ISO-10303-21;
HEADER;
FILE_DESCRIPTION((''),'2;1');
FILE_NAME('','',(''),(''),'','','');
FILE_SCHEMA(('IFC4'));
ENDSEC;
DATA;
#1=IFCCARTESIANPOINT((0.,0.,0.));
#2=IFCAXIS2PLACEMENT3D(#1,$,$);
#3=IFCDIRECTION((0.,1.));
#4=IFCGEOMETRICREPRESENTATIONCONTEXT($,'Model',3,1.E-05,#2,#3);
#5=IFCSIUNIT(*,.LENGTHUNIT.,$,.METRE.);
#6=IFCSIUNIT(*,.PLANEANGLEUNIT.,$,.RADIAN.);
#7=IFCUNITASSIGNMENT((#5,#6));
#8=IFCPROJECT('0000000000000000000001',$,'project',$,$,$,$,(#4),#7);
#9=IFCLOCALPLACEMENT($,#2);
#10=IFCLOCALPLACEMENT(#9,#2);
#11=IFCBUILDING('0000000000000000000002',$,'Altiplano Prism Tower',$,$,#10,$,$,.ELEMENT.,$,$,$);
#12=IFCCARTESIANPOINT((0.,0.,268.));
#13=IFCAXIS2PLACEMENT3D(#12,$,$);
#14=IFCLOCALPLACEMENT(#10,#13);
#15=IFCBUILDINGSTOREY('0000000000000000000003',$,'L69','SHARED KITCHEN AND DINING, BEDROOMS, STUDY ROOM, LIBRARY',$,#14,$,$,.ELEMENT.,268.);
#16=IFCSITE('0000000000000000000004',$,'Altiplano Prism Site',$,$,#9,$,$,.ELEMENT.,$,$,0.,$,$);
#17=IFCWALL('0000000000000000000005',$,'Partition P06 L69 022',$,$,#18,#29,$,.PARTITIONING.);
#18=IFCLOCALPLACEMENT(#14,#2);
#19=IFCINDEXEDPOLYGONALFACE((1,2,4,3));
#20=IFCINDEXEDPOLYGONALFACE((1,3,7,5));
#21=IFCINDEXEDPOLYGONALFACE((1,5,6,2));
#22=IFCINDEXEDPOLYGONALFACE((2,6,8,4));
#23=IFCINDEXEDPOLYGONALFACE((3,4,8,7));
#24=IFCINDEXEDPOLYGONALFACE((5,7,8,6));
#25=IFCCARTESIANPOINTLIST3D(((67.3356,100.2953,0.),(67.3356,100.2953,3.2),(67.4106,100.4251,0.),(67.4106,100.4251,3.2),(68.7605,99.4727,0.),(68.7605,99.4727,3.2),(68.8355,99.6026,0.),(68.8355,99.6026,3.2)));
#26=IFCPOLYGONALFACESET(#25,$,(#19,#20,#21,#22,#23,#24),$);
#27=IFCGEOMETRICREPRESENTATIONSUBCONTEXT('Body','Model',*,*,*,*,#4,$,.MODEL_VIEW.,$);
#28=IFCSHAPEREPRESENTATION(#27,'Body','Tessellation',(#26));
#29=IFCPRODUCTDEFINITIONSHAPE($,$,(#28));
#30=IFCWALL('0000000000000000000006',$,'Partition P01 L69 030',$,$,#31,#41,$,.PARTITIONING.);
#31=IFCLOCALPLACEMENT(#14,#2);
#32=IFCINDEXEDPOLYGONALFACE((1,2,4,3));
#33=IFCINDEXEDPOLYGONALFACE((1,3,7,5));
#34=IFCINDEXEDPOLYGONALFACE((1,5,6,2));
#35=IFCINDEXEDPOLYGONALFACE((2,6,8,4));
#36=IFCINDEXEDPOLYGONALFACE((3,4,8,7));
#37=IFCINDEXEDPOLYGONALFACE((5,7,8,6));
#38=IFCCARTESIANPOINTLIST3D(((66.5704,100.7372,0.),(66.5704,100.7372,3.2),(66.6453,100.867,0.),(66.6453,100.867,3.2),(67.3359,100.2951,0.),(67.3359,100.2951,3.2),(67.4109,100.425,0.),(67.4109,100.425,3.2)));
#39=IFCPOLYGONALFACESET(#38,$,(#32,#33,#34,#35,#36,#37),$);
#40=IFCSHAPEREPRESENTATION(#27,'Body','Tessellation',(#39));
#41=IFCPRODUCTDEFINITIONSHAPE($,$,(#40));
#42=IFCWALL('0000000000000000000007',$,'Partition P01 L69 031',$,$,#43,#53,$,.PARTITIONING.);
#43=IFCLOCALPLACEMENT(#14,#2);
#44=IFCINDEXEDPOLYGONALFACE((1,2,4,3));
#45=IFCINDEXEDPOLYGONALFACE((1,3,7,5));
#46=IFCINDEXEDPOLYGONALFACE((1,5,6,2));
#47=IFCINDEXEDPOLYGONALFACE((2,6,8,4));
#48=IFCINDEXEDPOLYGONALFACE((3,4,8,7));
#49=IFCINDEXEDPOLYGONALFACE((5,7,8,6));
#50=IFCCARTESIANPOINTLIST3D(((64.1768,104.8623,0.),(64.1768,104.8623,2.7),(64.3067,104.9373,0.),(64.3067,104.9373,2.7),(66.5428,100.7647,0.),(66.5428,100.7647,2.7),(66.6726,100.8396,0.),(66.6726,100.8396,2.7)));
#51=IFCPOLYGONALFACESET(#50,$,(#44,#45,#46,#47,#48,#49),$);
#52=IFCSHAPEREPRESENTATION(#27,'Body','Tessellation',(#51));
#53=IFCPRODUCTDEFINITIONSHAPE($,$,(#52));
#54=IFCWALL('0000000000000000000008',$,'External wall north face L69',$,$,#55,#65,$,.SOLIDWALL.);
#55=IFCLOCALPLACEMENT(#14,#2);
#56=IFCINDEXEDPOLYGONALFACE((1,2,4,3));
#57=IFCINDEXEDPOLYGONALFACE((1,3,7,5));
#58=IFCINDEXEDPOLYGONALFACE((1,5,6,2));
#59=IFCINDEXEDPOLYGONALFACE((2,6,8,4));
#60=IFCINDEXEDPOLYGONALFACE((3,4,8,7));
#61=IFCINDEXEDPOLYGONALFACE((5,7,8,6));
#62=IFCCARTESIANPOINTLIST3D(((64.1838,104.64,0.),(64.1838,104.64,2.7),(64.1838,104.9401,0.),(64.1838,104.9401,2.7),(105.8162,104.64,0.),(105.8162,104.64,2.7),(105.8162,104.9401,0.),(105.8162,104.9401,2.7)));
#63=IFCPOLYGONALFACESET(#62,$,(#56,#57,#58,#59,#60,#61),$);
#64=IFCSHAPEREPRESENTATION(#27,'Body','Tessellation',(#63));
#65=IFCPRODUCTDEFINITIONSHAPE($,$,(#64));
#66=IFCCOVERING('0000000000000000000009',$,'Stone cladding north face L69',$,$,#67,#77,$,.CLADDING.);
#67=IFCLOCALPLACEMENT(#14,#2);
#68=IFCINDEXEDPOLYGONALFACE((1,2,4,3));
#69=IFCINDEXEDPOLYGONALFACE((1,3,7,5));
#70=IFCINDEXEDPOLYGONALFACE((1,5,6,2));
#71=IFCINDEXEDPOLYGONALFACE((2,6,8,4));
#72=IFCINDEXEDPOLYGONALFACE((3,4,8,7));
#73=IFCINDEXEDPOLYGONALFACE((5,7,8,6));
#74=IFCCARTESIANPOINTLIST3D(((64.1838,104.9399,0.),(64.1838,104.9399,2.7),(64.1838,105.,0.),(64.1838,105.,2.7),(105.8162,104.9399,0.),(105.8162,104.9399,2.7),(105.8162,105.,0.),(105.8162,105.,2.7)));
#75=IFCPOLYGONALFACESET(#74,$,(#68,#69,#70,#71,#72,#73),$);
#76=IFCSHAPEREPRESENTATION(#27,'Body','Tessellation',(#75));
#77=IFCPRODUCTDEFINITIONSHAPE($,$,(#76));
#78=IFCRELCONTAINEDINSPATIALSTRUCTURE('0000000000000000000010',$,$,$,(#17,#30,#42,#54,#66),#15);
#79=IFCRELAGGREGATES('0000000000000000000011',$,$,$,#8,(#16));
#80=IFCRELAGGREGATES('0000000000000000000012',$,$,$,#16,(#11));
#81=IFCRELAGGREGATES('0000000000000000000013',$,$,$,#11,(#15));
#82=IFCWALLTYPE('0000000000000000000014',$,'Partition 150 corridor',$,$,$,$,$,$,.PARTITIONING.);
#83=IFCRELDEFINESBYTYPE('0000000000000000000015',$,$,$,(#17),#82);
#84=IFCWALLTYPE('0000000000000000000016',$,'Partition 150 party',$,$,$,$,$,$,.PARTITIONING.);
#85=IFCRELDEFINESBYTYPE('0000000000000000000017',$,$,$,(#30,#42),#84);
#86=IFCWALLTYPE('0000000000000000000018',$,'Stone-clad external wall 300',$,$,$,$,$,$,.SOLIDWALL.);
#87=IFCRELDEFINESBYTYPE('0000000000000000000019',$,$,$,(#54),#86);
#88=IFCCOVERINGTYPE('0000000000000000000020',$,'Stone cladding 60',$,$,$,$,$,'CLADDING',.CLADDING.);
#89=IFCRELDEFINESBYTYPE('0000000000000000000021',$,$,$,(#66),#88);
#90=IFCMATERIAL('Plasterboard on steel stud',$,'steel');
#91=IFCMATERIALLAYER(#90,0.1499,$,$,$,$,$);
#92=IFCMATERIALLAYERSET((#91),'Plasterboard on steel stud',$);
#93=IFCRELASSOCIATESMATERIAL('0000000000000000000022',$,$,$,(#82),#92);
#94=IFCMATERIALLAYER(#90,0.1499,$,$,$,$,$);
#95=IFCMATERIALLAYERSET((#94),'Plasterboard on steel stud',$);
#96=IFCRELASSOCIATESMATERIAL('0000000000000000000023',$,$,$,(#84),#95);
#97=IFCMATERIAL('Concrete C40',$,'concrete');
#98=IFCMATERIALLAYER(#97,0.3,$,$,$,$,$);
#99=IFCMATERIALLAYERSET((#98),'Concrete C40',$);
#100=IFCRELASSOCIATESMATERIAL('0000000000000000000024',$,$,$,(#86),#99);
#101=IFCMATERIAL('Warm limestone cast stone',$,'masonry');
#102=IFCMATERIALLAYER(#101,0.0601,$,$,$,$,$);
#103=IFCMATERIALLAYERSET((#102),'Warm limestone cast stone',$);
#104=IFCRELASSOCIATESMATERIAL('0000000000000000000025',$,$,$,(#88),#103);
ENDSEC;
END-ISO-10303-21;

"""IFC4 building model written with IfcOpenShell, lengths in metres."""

from ifc_helpers import new_model, si_unit, direction, frame, frame_2d, origin, place, context, subcontext, project, spatial, rectangle, extrude, material, layer, layer_set, type_object, element, save


model = new_model("IFC4")

# Units and contexts
model_context = context("Model", 3, precision=1e-05, world=origin(), true_north=direction((0.0, 1.0)))
body_context = subcontext(model_context, "Body", "Model", "MODEL_VIEW")
ifc_project = project(units=[si_unit("LENGTHUNIT", "METRE"), si_unit("PLANEANGLEUNIT", "RADIAN")], contexts=[model_context])

# Site, building, storey
site_placement = place(None, origin())
site = spatial("IfcSite", under=ifc_project, at=site_placement, Name="Altiplano Prism Site", CompositionType="ELEMENT", RefElevation=0.0)
building_placement = place(site_placement, origin())
building = spatial("IfcBuilding", under=site, at=building_placement, Name="Altiplano Prism Tower", CompositionType="ELEMENT")
storey_placement = place(building_placement, frame((0.0, 0.0, 268.0)))
storey = spatial("IfcBuildingStorey", under=building, at=storey_placement, Name="L69", Description="SHARED KITCHEN AND DINING, BEDROOMS, STUDY ROOM, LIBRARY", CompositionType="ELEMENT", Elevation=268.0)

# Shared definitions
ifc_material_1 = material(Name="Plasterboard on steel stud", Category="steel")
ifc_layer_1 = layer(ifc_material_1, 0.1499)
ifc_layer_set_1 = layer_set([ifc_layer_1], Name="Plasterboard on steel stud")
wall_type_1 = type_object("IfcWallType", Name="Partition 150 corridor", PredefinedType="PARTITIONING", material=ifc_layer_set_1)

# Walls
wall_1_placement = place(storey_placement, frame((68.7981, 99.5376, 0.0), z_axis=(0.0, 0.0, 1.0), x_axis=(-0.866052, 0.499954, 0.0)))
element("IfcWall", 1, at=wall_1_placement, inside=storey, type_object=wall_type_1, Name="Partition P06 L69 022", PredefinedType="PARTITIONING", context=body_context, shape_type="SweptSolid", body=[
    extrude(rectangle(XDim=1.6453, YDim=0.1499, at=frame_2d((0.8228, 0.0))), origin(), (0.0, 0.0, 1.0), 3.2),
])
ifc_layer_2 = layer(ifc_material_1, 0.1499)
ifc_layer_set_2 = layer_set([ifc_layer_2], Name="Plasterboard on steel stud")
wall_type_2 = type_object("IfcWallType", Name="Partition 150 party", PredefinedType="PARTITIONING", material=ifc_layer_set_2)
wall_2_placement = place(storey_placement, frame((67.3733, 100.3601, 0.0), z_axis=(0.0, 0.0, 1.0), x_axis=(-0.865974, 0.500089, 0.0)))
element("IfcWall", 2, at=wall_2_placement, inside=storey, type_object=wall_type_2, Name="Partition P01 L69 030", PredefinedType="PARTITIONING", context=body_context, shape_type="SweptSolid", body=[
    extrude(rectangle(XDim=0.884, YDim=0.1499, at=frame_2d((0.4419, 0.0))), origin(), (0.0, 0.0, 1.0), 3.2),
])
wall_3_placement = place(storey_placement, frame((66.6077, 100.8022, 0.0), z_axis=(0.0, 0.0, 1.0), x_axis=(-0.500029, 0.866009, 0.0)))
element("IfcWall", 3, at=wall_3_placement, inside=storey, type_object=wall_type_2, Name="Partition P01 L69 031", PredefinedType="PARTITIONING", context=body_context, shape_type="SweptSolid", body=[
    extrude(rectangle(XDim=4.7317, YDim=0.1499, at=frame_2d((2.3657, 0.0))), origin(), (0.0, 0.0, 1.0), 2.7),
])
ifc_material_2 = material(Name="Concrete C40", Category="concrete")
ifc_layer_3 = layer(ifc_material_2, 0.3)
ifc_layer_set_3 = layer_set([ifc_layer_3], Name="Concrete C40")
wall_type_3 = type_object("IfcWallType", Name="Stone-clad external wall 300", PredefinedType="SOLIDWALL", material=ifc_layer_set_3)
wall_4_placement = place(storey_placement, frame((64.1838, 104.79, 0.0), z_axis=(0.0, 0.0, 1.0), x_axis=(1.0, 0.0, 0.0)))
element("IfcWall", 4, at=wall_4_placement, inside=storey, type_object=wall_type_3, Name="External wall north face L69", PredefinedType="SOLIDWALL", context=body_context, shape_type="SweptSolid", body=[
    extrude(rectangle(XDim=41.6323, YDim=0.3, at=frame_2d((20.8162, 0.0))), origin(), (0.0, 0.0, 1.0), 2.7),
])

# Covering
ifc_material_3 = material(Name="Warm limestone cast stone", Category="masonry")
ifc_layer_4 = layer(ifc_material_3, 0.0601)
ifc_layer_set_4 = layer_set([ifc_layer_4], Name="Warm limestone cast stone")
covering_type = type_object("IfcCoveringType", Name="Stone cladding 60", ElementType="CLADDING", PredefinedType="CLADDING", material=ifc_layer_set_4)
covering_placement = place(storey_placement, frame((64.1838, 104.97, 0.0), z_axis=(0.0, 0.0, 1.0), x_axis=(1.0, 0.0, 0.0)))
element("IfcCovering", 5, at=covering_placement, inside=storey, type_object=covering_type, Name="Stone cladding north face L69", PredefinedType="CLADDING", context=body_context, shape_type="SweptSolid", body=[
    extrude(rectangle(XDim=41.6323, YDim=0.0601, at=frame_2d((20.8162, 0.0))), origin(), (0.0, 0.0, 1.0), 2.7),
])

save(model, "model.ifc")
